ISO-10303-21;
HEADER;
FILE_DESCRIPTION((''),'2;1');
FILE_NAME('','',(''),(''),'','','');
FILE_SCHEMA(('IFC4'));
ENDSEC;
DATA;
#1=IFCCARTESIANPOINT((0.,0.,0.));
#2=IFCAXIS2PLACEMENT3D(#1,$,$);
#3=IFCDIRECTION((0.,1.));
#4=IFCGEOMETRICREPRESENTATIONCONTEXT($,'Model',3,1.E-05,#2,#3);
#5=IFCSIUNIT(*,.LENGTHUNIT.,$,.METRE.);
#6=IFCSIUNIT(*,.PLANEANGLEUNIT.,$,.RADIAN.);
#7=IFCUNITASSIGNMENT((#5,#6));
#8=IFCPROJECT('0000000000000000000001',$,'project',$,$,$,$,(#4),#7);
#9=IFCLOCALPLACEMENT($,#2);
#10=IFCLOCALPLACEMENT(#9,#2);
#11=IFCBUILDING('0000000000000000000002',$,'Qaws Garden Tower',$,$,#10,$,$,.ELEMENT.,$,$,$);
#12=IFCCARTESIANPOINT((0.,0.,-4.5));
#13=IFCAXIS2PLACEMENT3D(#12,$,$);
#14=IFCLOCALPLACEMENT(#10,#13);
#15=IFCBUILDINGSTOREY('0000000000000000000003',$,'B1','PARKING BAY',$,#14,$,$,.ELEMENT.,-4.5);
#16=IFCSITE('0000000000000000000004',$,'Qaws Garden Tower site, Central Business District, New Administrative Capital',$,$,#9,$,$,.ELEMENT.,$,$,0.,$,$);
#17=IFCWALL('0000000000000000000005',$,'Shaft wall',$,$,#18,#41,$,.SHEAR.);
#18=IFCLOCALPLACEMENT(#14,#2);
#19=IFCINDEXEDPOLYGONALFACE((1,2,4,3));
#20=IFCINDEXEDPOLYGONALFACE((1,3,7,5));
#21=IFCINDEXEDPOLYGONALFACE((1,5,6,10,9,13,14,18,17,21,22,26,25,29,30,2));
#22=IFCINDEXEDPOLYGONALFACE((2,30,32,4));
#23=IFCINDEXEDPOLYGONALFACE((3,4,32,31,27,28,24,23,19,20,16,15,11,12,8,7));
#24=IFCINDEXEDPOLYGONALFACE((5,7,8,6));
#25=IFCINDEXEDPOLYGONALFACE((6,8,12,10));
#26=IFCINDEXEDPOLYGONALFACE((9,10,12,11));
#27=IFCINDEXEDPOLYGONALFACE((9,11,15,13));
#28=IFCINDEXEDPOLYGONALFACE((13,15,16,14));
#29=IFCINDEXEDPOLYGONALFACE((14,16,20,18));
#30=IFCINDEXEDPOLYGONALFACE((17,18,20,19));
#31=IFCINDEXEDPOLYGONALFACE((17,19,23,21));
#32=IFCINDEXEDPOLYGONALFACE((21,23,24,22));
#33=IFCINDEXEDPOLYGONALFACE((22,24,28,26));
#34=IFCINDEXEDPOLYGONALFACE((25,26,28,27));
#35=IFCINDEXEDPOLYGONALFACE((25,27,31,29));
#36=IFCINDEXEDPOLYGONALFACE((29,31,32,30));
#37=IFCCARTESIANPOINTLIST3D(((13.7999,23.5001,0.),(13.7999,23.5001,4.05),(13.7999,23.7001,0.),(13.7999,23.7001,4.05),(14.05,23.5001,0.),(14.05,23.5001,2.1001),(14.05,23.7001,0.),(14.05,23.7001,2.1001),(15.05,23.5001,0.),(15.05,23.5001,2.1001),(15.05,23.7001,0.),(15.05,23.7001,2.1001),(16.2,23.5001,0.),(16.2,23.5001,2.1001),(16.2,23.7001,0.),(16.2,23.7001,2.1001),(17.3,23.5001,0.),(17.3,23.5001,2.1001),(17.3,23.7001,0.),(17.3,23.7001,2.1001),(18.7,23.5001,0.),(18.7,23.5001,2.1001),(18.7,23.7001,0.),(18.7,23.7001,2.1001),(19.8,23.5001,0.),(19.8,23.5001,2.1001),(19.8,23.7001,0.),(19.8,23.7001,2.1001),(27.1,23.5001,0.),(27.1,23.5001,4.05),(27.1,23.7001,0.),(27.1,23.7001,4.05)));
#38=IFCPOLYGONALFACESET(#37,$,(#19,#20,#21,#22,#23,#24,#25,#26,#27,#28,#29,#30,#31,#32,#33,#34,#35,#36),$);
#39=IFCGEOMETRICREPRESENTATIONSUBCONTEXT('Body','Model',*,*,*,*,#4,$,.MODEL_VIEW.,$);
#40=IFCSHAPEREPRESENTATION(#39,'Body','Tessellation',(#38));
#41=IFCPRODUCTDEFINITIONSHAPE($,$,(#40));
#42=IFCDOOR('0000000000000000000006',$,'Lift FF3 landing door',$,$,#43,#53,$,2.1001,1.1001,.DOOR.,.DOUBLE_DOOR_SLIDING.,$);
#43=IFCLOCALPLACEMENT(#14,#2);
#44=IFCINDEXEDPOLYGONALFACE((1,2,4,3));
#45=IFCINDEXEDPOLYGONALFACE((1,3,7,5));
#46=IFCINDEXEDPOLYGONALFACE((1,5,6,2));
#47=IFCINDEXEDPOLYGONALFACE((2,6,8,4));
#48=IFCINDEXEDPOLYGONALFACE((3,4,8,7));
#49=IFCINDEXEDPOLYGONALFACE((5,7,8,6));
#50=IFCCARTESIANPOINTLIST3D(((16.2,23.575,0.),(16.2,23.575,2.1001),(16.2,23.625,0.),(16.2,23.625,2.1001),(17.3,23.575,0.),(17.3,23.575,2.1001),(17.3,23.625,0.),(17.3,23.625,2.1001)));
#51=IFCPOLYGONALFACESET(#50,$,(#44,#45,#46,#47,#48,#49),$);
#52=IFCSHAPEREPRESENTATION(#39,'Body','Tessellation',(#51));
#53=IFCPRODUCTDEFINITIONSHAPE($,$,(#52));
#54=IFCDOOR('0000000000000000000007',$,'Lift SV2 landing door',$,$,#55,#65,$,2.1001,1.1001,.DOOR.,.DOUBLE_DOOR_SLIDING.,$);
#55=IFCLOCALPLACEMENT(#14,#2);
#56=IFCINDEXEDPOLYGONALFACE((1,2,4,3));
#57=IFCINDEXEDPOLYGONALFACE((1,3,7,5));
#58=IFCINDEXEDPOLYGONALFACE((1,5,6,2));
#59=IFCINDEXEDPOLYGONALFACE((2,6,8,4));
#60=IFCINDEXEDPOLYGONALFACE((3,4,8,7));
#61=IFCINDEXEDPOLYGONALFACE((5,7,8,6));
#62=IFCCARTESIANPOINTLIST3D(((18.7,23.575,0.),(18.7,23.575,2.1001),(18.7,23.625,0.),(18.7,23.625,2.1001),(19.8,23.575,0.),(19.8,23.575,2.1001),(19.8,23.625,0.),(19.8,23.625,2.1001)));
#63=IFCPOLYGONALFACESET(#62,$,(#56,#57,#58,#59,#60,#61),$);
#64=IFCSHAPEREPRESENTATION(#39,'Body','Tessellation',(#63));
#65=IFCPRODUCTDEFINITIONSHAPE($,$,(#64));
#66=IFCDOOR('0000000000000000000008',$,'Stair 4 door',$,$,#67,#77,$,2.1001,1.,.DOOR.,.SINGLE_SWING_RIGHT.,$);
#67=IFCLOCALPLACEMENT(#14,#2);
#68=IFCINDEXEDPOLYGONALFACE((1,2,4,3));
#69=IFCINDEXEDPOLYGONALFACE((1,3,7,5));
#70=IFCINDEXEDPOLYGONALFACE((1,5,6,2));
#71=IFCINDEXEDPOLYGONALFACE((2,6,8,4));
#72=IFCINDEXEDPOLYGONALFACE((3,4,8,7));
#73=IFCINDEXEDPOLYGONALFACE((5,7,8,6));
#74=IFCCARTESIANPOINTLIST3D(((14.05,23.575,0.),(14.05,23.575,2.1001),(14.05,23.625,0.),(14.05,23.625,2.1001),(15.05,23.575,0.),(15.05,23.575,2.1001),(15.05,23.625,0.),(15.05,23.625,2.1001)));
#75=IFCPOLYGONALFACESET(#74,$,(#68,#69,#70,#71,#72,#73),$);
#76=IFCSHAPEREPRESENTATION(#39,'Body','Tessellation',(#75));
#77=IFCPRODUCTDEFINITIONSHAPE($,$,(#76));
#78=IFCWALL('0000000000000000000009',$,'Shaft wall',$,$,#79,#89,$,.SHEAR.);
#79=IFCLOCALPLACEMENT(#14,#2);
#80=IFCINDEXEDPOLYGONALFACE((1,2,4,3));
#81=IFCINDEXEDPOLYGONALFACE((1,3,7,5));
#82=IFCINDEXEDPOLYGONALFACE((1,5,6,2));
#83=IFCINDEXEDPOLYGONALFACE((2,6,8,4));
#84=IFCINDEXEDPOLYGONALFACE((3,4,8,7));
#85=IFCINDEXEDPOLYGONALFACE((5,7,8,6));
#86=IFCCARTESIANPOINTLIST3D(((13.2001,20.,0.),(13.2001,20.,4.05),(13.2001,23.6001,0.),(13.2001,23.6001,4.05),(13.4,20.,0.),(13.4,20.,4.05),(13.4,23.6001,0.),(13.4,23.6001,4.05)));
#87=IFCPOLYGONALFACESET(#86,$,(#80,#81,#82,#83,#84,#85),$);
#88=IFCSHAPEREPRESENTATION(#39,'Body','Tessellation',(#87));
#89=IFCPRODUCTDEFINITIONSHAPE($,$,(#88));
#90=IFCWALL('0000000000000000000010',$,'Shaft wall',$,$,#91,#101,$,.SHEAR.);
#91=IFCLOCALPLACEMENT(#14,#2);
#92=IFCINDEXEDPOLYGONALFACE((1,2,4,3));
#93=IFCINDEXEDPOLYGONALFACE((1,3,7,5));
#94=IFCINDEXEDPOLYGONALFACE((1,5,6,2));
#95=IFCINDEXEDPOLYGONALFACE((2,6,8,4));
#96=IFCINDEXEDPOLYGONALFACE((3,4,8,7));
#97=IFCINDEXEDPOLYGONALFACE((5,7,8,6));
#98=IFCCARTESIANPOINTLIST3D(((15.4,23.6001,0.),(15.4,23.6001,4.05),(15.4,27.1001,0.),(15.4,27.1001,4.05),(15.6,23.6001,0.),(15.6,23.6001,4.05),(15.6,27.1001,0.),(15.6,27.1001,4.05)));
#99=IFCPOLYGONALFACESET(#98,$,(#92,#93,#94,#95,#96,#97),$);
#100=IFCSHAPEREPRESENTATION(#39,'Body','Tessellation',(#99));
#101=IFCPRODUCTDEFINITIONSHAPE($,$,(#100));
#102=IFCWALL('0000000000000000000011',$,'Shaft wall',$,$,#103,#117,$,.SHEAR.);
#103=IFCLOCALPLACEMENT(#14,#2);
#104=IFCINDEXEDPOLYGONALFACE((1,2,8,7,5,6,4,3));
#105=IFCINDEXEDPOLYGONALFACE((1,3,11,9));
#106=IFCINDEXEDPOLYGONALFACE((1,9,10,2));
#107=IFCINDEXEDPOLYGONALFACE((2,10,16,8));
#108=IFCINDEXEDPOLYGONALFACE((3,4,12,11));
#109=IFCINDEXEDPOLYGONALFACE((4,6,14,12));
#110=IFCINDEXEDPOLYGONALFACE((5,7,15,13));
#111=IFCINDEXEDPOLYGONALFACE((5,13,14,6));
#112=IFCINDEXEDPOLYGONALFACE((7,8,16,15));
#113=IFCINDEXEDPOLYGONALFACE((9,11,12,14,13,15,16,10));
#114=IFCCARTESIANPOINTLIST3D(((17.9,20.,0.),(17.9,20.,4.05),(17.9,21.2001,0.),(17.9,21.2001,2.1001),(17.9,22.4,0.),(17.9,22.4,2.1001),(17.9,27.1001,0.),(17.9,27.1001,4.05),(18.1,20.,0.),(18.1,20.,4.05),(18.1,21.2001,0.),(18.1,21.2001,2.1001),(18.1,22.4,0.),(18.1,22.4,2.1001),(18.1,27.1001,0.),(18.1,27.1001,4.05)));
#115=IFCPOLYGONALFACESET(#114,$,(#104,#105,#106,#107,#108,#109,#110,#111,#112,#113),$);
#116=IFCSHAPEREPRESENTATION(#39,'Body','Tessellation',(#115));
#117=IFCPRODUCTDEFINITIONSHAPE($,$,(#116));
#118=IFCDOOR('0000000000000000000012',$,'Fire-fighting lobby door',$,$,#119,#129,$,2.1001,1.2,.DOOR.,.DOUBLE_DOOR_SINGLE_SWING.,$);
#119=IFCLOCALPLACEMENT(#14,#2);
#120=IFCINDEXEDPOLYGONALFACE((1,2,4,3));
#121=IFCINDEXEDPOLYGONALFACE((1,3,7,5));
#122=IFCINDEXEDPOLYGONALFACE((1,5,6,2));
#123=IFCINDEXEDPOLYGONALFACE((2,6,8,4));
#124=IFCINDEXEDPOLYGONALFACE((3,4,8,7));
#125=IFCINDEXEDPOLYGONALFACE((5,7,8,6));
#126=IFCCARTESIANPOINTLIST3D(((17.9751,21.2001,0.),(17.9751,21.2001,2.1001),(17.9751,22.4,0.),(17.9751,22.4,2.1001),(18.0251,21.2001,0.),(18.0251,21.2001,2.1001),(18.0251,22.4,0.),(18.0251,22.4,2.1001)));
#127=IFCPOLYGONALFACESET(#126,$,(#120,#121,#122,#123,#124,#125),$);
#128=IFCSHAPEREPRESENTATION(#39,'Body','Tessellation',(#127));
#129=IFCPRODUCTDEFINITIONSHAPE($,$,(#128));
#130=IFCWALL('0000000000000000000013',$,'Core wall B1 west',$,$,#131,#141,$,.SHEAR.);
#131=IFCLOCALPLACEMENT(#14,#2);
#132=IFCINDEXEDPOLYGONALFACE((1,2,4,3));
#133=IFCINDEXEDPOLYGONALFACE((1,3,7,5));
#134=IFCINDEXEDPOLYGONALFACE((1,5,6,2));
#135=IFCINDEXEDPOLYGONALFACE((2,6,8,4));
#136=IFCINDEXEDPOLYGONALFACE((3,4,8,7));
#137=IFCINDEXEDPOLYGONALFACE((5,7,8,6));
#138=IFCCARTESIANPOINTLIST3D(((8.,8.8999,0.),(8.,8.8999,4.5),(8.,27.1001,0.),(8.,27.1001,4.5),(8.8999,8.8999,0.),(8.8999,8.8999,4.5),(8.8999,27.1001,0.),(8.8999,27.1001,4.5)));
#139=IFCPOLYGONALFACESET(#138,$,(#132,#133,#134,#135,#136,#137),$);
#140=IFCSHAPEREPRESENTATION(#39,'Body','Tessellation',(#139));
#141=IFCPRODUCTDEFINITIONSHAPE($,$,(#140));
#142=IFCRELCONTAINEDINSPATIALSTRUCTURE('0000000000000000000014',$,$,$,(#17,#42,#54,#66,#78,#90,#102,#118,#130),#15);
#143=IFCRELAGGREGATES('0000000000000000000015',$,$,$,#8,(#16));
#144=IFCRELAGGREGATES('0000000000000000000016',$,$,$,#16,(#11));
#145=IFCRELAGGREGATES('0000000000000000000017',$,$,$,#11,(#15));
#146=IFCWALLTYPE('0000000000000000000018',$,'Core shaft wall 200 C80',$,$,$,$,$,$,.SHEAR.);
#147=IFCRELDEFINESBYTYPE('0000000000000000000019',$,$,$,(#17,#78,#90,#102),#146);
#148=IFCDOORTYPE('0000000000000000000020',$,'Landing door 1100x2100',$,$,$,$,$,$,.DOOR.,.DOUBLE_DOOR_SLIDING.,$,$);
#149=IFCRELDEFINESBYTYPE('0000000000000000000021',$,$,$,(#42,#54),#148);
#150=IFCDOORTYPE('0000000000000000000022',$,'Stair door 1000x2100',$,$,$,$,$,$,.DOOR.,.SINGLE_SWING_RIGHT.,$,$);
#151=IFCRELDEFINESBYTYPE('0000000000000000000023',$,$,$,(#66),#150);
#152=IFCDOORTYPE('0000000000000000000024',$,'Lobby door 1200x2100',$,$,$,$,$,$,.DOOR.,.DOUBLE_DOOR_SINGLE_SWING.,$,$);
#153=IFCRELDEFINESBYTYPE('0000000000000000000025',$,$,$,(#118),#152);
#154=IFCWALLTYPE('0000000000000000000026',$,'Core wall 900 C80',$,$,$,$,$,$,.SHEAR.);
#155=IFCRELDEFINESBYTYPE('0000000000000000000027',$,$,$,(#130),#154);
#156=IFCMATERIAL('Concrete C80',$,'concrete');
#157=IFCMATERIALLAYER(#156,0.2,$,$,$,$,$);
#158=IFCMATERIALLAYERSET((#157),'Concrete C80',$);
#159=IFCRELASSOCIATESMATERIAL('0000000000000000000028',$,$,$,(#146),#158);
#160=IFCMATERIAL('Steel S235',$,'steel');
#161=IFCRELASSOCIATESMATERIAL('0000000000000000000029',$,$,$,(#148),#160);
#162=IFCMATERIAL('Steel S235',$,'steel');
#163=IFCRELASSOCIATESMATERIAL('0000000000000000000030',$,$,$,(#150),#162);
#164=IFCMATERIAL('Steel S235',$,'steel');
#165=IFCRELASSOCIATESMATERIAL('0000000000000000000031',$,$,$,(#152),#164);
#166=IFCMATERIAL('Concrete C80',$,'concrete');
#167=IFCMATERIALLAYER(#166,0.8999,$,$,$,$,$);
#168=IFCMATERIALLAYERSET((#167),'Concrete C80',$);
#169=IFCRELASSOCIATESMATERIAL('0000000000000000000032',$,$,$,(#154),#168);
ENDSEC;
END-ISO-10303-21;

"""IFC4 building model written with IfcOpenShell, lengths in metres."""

from ifc_helpers import new_model, si_unit, direction, frame, frame_2d, origin, place, context, subcontext, project, spatial, rectangle, extrude, material, layer, layer_set, type_object, element, fill, save


model = new_model("IFC4")

# Units and contexts
model_context = context("Model", 3, precision=1e-05, world=origin(), true_north=direction((0.0, 1.0)))
body_context = subcontext(model_context, "Body", "Model", "MODEL_VIEW")
ifc_project = project(units=[si_unit("LENGTHUNIT", "METRE"), si_unit("PLANEANGLEUNIT", "RADIAN")], contexts=[model_context])

# Site, building, storey
site_placement = place(None, origin())
site = spatial("IfcSite", under=ifc_project, at=site_placement, Name="Qaws Garden Tower site, Central Business District, New Administrative Capital", CompositionType="ELEMENT", RefElevation=0.0)
building_placement = place(site_placement, origin())
building = spatial("IfcBuilding", under=site, at=building_placement, Name="Qaws Garden Tower", CompositionType="ELEMENT")
storey_placement = place(building_placement, frame((0.0, 0.0, -4.5)))
storey = spatial("IfcBuildingStorey", under=building, at=storey_placement, Name="B1", Description="PARKING BAY", CompositionType="ELEMENT", Elevation=-4.5)

# Shared definitions
ifc_material_1 = material(Name="Concrete C80", Category="concrete")
ifc_layer_1 = layer(ifc_material_1, 0.2)
ifc_layer_set_1 = layer_set([ifc_layer_1], Name="Concrete C80")
wall_type_1 = type_object("IfcWallType", Name="Core shaft wall 200 C80", PredefinedType="SHEAR", material=ifc_layer_set_1)

# Wall, openings, doors
wall_1_placement = place(storey_placement, frame((13.8, 23.6001, 0.0), z_axis=(0.0, 0.0, 1.0), x_axis=(1.0, 0.0, 0.0)))
wall_1 = element("IfcWall", 1, at=wall_1_placement, inside=storey, type_object=wall_type_1, Name="Shaft wall", PredefinedType="SHEAR", context=body_context, shape_type="SweptSolid", body=[
    extrude(rectangle(XDim=13.3, YDim=0.2, at=frame_2d((6.6499, 0.0))), origin(), (0.0, 0.0, 1.0), 4.05),
])
opening_1_placement = place(wall_1_placement, frame((2.3999, 0.0, 0.0)))
opening_1 = element("IfcOpeningElement", 2, at=opening_1_placement, cuts=wall_1, PredefinedType="OPENING", context=body_context, shape_type="SweptSolid", body=[
    extrude(rectangle(XDim=1.1001, YDim=2.1001, at=frame_2d((0.55, 1.05))), frame((0.0, 0.1099, 0.0), z_axis=(0.0, -1.0, 0.0), x_axis=(1.0, 0.0, 0.0)), (0.0, 0.0, 1.0), 0.22),
])
opening_2_placement = place(wall_1_placement, frame((4.8999, 0.0, 0.0)))
opening_2 = element("IfcOpeningElement", 3, at=opening_2_placement, cuts=wall_1, PredefinedType="OPENING", context=body_context, shape_type="SweptSolid", body=[
    extrude(rectangle(XDim=1.1001, YDim=2.1001, at=frame_2d((0.55, 1.05))), frame((0.0, 0.1099, 0.0), z_axis=(0.0, -1.0, 0.0), x_axis=(1.0, 0.0, 0.0)), (0.0, 0.0, 1.0), 0.22),
])
opening_3_placement = place(wall_1_placement, frame((0.25, 0.0, 0.0)))
opening_3 = element("IfcOpeningElement", 4, at=opening_3_placement, cuts=wall_1, PredefinedType="OPENING", context=body_context, shape_type="SweptSolid", body=[
    extrude(rectangle(XDim=1.0, YDim=2.1001, at=frame_2d((0.5, 1.05))), frame((0.0, 0.1099, 0.0), z_axis=(0.0, -1.0, 0.0), x_axis=(1.0, 0.0, 0.0)), (0.0, 0.0, 1.0), 0.22),
])
ifc_material_2 = material(Name="Steel S235", Category="steel")
door_type_1 = type_object("IfcDoorType", Name="Landing door 1100x2100", OperationType="DOUBLE_DOOR_SLIDING", PredefinedType="DOOR", material=ifc_material_2)
door_1_placement = place(opening_1_placement, origin())
door_1 = element("IfcDoor", 5, at=door_1_placement, inside=storey, type_object=door_type_1, Name="Lift FF3 landing door", OperationType="DOUBLE_DOOR_SLIDING", OverallHeight=2.1001, OverallWidth=1.1001, PredefinedType="DOOR", context=body_context, shape_type="SweptSolid", body=[
    extrude(rectangle(XDim=1.1001, YDim=2.1001, at=frame_2d((0.55, 1.05))), frame((0.0, 0.0249, 0.0), z_axis=(0.0, -1.0, 0.0), x_axis=(1.0, 0.0, 0.0)), (0.0, 0.0, 1.0), 0.05),
])
fill(opening_1, door_1)
door_2_placement = place(opening_2_placement, origin())
door_2 = element("IfcDoor", 6, at=door_2_placement, inside=storey, type_object=door_type_1, Name="Lift SV2 landing door", OperationType="DOUBLE_DOOR_SLIDING", OverallHeight=2.1001, OverallWidth=1.1001, PredefinedType="DOOR", context=body_context, shape_type="SweptSolid", body=[
    extrude(rectangle(XDim=1.1001, YDim=2.1001, at=frame_2d((0.55, 1.05))), frame((0.0, 0.0249, 0.0), z_axis=(0.0, -1.0, 0.0), x_axis=(1.0, 0.0, 0.0)), (0.0, 0.0, 1.0), 0.05),
])
fill(opening_2, door_2)
ifc_material_3 = material(Name="Steel S235", Category="steel")
door_type_2 = type_object("IfcDoorType", Name="Stair door 1000x2100", OperationType="SINGLE_SWING_RIGHT", PredefinedType="DOOR", material=ifc_material_3)
door_3_placement = place(opening_3_placement, origin())
door_3 = element("IfcDoor", 7, at=door_3_placement, inside=storey, type_object=door_type_2, Name="Stair 4 door", OperationType="SINGLE_SWING_RIGHT", OverallHeight=2.1001, OverallWidth=1.0, PredefinedType="DOOR", context=body_context, shape_type="SweptSolid", body=[
    extrude(rectangle(XDim=1.0, YDim=2.1001, at=frame_2d((0.5, 1.05))), frame((0.0, 0.0249, 0.0), z_axis=(0.0, -1.0, 0.0), x_axis=(1.0, 0.0, 0.0)), (0.0, 0.0, 1.0), 0.05),
])
fill(opening_3, door_3)

# Walls
wall_2_placement = place(storey_placement, frame((13.3, 20.0, 0.0), z_axis=(0.0, 0.0, 1.0), x_axis=(0.0, 1.0, 0.0)))
element("IfcWall", 8, at=wall_2_placement, inside=storey, type_object=wall_type_1, Name="Shaft wall", PredefinedType="SHEAR", context=body_context, shape_type="SweptSolid", body=[
    extrude(rectangle(XDim=3.6001, YDim=0.2, at=frame_2d((1.8, 0.0))), origin(), (0.0, 0.0, 1.0), 4.05),
])
wall_3_placement = place(storey_placement, frame((15.5, 23.6001, 0.0), z_axis=(0.0, 0.0, 1.0), x_axis=(0.0, 1.0, 0.0)))
element("IfcWall", 9, at=wall_3_placement, inside=storey, type_object=wall_type_1, Name="Shaft wall", PredefinedType="SHEAR", context=body_context, shape_type="SweptSolid", body=[
    extrude(rectangle(XDim=3.5, YDim=0.2, at=frame_2d((1.75, 0.0))), origin(), (0.0, 0.0, 1.0), 4.05),
])

# Wall, opening, door
wall_4_placement = place(storey_placement, frame((18.0, 20.0, 0.0), z_axis=(0.0, 0.0, 1.0), x_axis=(0.0, 1.0, 0.0)))
wall_4 = element("IfcWall", 10, at=wall_4_placement, inside=storey, type_object=wall_type_1, Name="Shaft wall", PredefinedType="SHEAR", context=body_context, shape_type="SweptSolid", body=[
    extrude(rectangle(XDim=7.1001, YDim=0.2, at=frame_2d((3.55, 0.0))), origin(), (0.0, 0.0, 1.0), 4.05),
])
opening_4_placement = place(wall_4_placement, frame((1.2, 0.0, 0.0)))
opening_4 = element("IfcOpeningElement", 11, at=opening_4_placement, cuts=wall_4, PredefinedType="OPENING", context=body_context, shape_type="SweptSolid", body=[
    extrude(rectangle(XDim=1.2, YDim=2.1001, at=frame_2d((0.6001, 1.05))), frame((0.0, 0.1099, 0.0), z_axis=(0.0, -1.0, 0.0), x_axis=(1.0, 0.0, 0.0)), (0.0, 0.0, 1.0), 0.22),
])
ifc_material_4 = material(Name="Steel S235", Category="steel")
door_type_3 = type_object("IfcDoorType", Name="Lobby door 1200x2100", OperationType="DOUBLE_DOOR_SINGLE_SWING", PredefinedType="DOOR", material=ifc_material_4)
door_4_placement = place(opening_4_placement, origin())
door_4 = element("IfcDoor", 12, at=door_4_placement, inside=storey, type_object=door_type_3, Name="Fire-fighting lobby door", OperationType="DOUBLE_DOOR_SINGLE_SWING", OverallHeight=2.1001, OverallWidth=1.2, PredefinedType="DOOR", context=body_context, shape_type="SweptSolid", body=[
    extrude(rectangle(XDim=1.2, YDim=2.1001, at=frame_2d((0.6001, 1.05))), frame((0.0, 0.0249, 0.0), z_axis=(0.0, -1.0, 0.0), x_axis=(1.0, 0.0, 0.0)), (0.0, 0.0, 1.0), 0.05),
])
fill(opening_4, door_4)

# Wall
ifc_material_5 = material(Name="Concrete C80", Category="concrete")
ifc_layer_2 = layer(ifc_material_5, 0.8999)
ifc_layer_set_2 = layer_set([ifc_layer_2], Name="Concrete C80")
wall_type_2 = type_object("IfcWallType", Name="Core wall 900 C80", PredefinedType="SHEAR", material=ifc_layer_set_2)
wall_5_placement = place(storey_placement, frame((8.45, 27.1001, 0.0), z_axis=(0.0, 0.0, 1.0), x_axis=(0.0, -1.0, 0.0)))
element("IfcWall", 13, at=wall_5_placement, inside=storey, type_object=wall_type_2, Name="Core wall B1 west", PredefinedType="SHEAR", context=body_context, shape_type="SweptSolid", body=[
    extrude(rectangle(XDim=18.2002, YDim=0.8999, at=frame_2d((9.1001, 0.0))), origin(), (0.0, 0.0, 1.0), 4.5),
])

save(model, "model.ifc")
